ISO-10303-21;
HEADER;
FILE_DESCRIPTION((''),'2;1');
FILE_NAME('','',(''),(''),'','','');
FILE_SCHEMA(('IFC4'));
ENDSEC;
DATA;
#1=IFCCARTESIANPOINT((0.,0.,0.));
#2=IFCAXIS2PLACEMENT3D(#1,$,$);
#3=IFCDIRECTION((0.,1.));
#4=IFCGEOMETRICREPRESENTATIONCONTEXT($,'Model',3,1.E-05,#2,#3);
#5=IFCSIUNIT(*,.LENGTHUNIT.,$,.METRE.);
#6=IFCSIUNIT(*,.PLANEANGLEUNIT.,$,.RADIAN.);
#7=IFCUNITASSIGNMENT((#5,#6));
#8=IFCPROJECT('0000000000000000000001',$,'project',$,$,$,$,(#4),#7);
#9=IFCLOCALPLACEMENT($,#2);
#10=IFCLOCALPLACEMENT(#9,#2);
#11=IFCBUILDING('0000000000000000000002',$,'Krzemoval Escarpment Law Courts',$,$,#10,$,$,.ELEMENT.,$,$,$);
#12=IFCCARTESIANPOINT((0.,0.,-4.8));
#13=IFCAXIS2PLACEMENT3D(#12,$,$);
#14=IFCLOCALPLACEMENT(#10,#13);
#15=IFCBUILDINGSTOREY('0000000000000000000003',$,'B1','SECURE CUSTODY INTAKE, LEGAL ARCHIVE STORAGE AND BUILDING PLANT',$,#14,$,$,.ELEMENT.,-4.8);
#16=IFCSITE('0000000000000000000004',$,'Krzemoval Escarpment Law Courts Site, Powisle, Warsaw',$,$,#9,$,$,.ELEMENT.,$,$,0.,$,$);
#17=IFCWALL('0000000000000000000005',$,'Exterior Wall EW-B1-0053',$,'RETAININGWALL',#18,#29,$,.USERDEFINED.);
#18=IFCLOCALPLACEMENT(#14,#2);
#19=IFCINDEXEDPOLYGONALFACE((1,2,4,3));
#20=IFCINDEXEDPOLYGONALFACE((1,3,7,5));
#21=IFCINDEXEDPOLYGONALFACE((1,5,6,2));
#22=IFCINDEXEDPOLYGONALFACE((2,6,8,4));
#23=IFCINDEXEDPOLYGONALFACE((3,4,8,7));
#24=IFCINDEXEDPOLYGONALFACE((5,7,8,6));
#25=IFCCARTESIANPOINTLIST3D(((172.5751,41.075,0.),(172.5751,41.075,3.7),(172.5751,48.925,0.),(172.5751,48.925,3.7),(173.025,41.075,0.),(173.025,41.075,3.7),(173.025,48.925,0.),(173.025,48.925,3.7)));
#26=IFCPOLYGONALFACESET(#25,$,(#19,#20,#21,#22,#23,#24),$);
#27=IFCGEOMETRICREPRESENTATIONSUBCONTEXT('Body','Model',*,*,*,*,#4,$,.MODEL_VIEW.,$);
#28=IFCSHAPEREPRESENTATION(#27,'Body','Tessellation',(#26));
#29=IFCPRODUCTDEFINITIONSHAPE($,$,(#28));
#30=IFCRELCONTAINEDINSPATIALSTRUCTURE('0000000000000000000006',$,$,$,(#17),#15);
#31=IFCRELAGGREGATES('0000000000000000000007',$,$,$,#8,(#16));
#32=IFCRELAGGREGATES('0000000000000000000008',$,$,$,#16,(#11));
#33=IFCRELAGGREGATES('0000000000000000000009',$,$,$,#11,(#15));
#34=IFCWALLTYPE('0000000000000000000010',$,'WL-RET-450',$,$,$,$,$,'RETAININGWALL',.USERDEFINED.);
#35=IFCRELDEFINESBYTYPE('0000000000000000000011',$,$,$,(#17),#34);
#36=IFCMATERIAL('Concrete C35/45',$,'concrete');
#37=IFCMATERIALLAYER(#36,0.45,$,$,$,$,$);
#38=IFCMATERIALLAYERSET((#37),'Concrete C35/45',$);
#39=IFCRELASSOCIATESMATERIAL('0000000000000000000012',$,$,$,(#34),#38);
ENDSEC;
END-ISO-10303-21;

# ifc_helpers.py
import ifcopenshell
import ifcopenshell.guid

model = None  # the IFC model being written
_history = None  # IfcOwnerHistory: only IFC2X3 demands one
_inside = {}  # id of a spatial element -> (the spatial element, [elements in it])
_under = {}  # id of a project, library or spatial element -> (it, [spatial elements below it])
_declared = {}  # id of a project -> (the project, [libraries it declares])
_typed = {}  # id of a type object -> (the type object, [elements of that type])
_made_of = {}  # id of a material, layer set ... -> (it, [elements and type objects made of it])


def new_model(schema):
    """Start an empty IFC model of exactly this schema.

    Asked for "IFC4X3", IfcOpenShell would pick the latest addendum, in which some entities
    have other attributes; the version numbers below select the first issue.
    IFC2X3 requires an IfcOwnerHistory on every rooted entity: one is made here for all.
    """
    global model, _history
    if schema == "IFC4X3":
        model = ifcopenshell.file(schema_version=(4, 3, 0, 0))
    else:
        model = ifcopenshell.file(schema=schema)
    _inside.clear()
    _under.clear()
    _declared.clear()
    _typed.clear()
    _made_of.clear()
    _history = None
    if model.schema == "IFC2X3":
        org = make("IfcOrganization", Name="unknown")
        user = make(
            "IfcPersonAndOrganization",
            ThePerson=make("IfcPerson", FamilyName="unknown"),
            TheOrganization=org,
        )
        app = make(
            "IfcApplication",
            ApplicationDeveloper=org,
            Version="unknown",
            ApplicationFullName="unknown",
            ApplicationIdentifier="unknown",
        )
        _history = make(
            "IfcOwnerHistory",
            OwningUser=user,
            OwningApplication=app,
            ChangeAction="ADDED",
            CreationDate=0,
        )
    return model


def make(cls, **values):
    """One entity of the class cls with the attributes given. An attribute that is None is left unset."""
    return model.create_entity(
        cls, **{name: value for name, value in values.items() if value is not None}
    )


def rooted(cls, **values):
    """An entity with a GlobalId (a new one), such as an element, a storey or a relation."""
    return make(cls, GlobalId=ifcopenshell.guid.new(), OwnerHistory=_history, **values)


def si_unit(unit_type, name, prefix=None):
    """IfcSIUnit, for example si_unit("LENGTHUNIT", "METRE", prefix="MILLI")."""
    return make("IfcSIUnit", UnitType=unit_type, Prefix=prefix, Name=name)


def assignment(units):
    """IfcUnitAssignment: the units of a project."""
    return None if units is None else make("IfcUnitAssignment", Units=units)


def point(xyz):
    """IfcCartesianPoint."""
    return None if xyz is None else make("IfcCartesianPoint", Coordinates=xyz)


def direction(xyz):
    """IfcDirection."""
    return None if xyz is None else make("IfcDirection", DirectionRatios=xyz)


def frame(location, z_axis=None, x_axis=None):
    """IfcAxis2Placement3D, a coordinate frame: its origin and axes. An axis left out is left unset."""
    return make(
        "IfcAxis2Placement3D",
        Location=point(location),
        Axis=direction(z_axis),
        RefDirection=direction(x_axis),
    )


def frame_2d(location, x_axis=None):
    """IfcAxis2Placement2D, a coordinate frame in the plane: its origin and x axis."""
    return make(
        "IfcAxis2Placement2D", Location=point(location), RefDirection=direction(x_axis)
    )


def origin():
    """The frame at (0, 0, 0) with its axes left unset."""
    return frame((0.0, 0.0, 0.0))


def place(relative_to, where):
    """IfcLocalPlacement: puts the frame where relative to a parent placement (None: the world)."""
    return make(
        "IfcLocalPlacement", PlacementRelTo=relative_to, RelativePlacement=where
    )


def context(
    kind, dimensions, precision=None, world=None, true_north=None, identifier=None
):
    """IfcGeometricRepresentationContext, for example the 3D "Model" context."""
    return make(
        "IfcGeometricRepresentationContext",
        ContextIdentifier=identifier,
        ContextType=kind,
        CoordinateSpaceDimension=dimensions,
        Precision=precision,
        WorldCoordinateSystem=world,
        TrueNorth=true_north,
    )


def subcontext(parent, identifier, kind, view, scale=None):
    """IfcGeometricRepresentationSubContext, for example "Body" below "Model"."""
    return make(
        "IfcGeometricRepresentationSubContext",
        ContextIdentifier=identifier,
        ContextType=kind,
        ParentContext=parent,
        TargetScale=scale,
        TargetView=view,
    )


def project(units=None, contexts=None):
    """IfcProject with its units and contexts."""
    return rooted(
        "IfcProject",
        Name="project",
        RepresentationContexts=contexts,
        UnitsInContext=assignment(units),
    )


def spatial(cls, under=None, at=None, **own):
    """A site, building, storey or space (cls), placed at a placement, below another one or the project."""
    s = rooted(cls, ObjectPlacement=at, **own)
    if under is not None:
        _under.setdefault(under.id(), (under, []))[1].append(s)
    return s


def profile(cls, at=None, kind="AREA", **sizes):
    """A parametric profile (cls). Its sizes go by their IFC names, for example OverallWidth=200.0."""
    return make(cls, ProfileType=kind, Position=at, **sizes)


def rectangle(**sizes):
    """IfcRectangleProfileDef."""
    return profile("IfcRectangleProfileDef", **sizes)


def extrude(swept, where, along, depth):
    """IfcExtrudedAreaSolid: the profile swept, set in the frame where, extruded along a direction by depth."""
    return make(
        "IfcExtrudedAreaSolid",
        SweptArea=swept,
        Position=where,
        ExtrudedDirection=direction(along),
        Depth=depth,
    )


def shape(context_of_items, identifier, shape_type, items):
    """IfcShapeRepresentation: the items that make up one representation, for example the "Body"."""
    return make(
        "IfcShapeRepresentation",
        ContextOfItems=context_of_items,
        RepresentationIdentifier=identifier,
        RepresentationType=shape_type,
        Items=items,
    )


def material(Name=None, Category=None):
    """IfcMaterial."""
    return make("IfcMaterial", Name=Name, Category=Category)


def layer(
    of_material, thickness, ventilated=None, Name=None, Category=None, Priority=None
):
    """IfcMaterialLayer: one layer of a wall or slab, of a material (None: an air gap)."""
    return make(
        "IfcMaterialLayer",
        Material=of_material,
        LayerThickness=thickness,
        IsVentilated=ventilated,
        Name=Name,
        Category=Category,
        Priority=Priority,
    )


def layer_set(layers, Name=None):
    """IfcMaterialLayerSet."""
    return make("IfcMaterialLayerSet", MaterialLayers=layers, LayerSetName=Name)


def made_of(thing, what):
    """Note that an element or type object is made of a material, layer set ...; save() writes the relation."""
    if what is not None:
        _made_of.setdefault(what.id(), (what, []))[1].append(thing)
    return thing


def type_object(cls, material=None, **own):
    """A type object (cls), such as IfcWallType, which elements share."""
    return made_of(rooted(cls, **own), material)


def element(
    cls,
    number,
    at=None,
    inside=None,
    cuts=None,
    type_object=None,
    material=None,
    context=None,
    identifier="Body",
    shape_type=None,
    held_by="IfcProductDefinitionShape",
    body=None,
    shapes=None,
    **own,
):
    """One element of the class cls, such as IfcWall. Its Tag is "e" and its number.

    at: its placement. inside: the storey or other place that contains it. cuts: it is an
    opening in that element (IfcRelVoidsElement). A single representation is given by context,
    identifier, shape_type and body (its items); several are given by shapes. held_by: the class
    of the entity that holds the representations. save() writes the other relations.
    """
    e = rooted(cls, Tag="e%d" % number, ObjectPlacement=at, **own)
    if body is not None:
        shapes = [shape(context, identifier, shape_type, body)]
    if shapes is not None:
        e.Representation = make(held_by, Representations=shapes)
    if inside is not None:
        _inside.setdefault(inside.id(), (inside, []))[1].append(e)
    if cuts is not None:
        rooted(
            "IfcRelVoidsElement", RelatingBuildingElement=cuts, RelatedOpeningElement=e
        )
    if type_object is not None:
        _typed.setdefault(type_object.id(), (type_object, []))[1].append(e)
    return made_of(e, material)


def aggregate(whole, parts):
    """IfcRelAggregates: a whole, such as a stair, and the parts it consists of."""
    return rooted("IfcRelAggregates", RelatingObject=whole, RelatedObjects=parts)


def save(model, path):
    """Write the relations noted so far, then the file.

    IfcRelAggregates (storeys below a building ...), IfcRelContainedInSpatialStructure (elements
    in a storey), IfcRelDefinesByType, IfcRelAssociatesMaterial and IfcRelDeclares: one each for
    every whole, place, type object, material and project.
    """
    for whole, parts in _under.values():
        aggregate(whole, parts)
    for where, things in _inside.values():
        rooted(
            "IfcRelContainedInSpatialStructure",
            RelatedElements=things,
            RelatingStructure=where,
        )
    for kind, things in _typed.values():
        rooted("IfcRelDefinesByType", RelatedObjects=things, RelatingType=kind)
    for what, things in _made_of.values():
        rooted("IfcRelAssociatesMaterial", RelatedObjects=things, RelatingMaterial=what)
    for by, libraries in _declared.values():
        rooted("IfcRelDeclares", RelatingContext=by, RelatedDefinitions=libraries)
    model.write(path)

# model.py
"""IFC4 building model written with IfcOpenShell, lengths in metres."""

from ifc_helpers import new_model, si_unit, direction, frame, frame_2d, origin, place, context, subcontext, project, spatial, rectangle, extrude, material, layer, layer_set, type_object, element, save


model = new_model("IFC4")

# Units and contexts
model_context = context("Model", 3, precision=1e-05, world=origin(), true_north=direction((0.0, 1.0)))
body_context = subcontext(model_context, "Body", "Model", "MODEL_VIEW")
ifc_project = project(units=[si_unit("LENGTHUNIT", "METRE"), si_unit("PLANEANGLEUNIT", "RADIAN")], contexts=[model_context])

# Site, building, storey
site_placement = place(None, origin())
site = spatial("IfcSite", under=ifc_project, at=site_placement, Name="Krzemoval Escarpment Law Courts Site, Powisle, Warsaw", CompositionType="ELEMENT", RefElevation=0.0)
building_placement = place(site_placement, origin())
building = spatial("IfcBuilding", under=site, at=building_placement, Name="Krzemoval Escarpment Law Courts", CompositionType="ELEMENT")
storey_placement = place(building_placement, frame((0.0, 0.0, -4.8)))
storey = spatial("IfcBuildingStorey", under=building, at=storey_placement, Name="B1", Description="SECURE CUSTODY INTAKE, LEGAL ARCHIVE STORAGE AND BUILDING PLANT", CompositionType="ELEMENT", Elevation=-4.8)

# Wall
ifc_material_1 = material(Name="Concrete C35/45", Category="concrete")
ifc_layer_1 = layer(ifc_material_1, 0.45)
ifc_layer_set_1 = layer_set([ifc_layer_1], Name="Concrete C35/45")
wall_type = type_object("IfcWallType", Name="WL-RET-450", ElementType="RETAININGWALL", PredefinedType="USERDEFINED", material=ifc_layer_set_1)
wall_placement = place(storey_placement, frame((172.8, 48.925, 0.0), z_axis=(0.0, 0.0, 1.0), x_axis=(0.0, -1.0, 0.0)))
element("IfcWall", 1, at=wall_placement, inside=storey, type_object=wall_type, Name="Exterior Wall EW-B1-0053", ObjectType="RETAININGWALL", PredefinedType="USERDEFINED", context=body_context, shape_type="SweptSolid", body=[
    extrude(rectangle(XDim=7.8501, YDim=0.45, at=frame_2d((3.925, 0.0))), origin(), (0.0, 0.0, 1.0), 3.7),
])

save(model, "model.ifc")
